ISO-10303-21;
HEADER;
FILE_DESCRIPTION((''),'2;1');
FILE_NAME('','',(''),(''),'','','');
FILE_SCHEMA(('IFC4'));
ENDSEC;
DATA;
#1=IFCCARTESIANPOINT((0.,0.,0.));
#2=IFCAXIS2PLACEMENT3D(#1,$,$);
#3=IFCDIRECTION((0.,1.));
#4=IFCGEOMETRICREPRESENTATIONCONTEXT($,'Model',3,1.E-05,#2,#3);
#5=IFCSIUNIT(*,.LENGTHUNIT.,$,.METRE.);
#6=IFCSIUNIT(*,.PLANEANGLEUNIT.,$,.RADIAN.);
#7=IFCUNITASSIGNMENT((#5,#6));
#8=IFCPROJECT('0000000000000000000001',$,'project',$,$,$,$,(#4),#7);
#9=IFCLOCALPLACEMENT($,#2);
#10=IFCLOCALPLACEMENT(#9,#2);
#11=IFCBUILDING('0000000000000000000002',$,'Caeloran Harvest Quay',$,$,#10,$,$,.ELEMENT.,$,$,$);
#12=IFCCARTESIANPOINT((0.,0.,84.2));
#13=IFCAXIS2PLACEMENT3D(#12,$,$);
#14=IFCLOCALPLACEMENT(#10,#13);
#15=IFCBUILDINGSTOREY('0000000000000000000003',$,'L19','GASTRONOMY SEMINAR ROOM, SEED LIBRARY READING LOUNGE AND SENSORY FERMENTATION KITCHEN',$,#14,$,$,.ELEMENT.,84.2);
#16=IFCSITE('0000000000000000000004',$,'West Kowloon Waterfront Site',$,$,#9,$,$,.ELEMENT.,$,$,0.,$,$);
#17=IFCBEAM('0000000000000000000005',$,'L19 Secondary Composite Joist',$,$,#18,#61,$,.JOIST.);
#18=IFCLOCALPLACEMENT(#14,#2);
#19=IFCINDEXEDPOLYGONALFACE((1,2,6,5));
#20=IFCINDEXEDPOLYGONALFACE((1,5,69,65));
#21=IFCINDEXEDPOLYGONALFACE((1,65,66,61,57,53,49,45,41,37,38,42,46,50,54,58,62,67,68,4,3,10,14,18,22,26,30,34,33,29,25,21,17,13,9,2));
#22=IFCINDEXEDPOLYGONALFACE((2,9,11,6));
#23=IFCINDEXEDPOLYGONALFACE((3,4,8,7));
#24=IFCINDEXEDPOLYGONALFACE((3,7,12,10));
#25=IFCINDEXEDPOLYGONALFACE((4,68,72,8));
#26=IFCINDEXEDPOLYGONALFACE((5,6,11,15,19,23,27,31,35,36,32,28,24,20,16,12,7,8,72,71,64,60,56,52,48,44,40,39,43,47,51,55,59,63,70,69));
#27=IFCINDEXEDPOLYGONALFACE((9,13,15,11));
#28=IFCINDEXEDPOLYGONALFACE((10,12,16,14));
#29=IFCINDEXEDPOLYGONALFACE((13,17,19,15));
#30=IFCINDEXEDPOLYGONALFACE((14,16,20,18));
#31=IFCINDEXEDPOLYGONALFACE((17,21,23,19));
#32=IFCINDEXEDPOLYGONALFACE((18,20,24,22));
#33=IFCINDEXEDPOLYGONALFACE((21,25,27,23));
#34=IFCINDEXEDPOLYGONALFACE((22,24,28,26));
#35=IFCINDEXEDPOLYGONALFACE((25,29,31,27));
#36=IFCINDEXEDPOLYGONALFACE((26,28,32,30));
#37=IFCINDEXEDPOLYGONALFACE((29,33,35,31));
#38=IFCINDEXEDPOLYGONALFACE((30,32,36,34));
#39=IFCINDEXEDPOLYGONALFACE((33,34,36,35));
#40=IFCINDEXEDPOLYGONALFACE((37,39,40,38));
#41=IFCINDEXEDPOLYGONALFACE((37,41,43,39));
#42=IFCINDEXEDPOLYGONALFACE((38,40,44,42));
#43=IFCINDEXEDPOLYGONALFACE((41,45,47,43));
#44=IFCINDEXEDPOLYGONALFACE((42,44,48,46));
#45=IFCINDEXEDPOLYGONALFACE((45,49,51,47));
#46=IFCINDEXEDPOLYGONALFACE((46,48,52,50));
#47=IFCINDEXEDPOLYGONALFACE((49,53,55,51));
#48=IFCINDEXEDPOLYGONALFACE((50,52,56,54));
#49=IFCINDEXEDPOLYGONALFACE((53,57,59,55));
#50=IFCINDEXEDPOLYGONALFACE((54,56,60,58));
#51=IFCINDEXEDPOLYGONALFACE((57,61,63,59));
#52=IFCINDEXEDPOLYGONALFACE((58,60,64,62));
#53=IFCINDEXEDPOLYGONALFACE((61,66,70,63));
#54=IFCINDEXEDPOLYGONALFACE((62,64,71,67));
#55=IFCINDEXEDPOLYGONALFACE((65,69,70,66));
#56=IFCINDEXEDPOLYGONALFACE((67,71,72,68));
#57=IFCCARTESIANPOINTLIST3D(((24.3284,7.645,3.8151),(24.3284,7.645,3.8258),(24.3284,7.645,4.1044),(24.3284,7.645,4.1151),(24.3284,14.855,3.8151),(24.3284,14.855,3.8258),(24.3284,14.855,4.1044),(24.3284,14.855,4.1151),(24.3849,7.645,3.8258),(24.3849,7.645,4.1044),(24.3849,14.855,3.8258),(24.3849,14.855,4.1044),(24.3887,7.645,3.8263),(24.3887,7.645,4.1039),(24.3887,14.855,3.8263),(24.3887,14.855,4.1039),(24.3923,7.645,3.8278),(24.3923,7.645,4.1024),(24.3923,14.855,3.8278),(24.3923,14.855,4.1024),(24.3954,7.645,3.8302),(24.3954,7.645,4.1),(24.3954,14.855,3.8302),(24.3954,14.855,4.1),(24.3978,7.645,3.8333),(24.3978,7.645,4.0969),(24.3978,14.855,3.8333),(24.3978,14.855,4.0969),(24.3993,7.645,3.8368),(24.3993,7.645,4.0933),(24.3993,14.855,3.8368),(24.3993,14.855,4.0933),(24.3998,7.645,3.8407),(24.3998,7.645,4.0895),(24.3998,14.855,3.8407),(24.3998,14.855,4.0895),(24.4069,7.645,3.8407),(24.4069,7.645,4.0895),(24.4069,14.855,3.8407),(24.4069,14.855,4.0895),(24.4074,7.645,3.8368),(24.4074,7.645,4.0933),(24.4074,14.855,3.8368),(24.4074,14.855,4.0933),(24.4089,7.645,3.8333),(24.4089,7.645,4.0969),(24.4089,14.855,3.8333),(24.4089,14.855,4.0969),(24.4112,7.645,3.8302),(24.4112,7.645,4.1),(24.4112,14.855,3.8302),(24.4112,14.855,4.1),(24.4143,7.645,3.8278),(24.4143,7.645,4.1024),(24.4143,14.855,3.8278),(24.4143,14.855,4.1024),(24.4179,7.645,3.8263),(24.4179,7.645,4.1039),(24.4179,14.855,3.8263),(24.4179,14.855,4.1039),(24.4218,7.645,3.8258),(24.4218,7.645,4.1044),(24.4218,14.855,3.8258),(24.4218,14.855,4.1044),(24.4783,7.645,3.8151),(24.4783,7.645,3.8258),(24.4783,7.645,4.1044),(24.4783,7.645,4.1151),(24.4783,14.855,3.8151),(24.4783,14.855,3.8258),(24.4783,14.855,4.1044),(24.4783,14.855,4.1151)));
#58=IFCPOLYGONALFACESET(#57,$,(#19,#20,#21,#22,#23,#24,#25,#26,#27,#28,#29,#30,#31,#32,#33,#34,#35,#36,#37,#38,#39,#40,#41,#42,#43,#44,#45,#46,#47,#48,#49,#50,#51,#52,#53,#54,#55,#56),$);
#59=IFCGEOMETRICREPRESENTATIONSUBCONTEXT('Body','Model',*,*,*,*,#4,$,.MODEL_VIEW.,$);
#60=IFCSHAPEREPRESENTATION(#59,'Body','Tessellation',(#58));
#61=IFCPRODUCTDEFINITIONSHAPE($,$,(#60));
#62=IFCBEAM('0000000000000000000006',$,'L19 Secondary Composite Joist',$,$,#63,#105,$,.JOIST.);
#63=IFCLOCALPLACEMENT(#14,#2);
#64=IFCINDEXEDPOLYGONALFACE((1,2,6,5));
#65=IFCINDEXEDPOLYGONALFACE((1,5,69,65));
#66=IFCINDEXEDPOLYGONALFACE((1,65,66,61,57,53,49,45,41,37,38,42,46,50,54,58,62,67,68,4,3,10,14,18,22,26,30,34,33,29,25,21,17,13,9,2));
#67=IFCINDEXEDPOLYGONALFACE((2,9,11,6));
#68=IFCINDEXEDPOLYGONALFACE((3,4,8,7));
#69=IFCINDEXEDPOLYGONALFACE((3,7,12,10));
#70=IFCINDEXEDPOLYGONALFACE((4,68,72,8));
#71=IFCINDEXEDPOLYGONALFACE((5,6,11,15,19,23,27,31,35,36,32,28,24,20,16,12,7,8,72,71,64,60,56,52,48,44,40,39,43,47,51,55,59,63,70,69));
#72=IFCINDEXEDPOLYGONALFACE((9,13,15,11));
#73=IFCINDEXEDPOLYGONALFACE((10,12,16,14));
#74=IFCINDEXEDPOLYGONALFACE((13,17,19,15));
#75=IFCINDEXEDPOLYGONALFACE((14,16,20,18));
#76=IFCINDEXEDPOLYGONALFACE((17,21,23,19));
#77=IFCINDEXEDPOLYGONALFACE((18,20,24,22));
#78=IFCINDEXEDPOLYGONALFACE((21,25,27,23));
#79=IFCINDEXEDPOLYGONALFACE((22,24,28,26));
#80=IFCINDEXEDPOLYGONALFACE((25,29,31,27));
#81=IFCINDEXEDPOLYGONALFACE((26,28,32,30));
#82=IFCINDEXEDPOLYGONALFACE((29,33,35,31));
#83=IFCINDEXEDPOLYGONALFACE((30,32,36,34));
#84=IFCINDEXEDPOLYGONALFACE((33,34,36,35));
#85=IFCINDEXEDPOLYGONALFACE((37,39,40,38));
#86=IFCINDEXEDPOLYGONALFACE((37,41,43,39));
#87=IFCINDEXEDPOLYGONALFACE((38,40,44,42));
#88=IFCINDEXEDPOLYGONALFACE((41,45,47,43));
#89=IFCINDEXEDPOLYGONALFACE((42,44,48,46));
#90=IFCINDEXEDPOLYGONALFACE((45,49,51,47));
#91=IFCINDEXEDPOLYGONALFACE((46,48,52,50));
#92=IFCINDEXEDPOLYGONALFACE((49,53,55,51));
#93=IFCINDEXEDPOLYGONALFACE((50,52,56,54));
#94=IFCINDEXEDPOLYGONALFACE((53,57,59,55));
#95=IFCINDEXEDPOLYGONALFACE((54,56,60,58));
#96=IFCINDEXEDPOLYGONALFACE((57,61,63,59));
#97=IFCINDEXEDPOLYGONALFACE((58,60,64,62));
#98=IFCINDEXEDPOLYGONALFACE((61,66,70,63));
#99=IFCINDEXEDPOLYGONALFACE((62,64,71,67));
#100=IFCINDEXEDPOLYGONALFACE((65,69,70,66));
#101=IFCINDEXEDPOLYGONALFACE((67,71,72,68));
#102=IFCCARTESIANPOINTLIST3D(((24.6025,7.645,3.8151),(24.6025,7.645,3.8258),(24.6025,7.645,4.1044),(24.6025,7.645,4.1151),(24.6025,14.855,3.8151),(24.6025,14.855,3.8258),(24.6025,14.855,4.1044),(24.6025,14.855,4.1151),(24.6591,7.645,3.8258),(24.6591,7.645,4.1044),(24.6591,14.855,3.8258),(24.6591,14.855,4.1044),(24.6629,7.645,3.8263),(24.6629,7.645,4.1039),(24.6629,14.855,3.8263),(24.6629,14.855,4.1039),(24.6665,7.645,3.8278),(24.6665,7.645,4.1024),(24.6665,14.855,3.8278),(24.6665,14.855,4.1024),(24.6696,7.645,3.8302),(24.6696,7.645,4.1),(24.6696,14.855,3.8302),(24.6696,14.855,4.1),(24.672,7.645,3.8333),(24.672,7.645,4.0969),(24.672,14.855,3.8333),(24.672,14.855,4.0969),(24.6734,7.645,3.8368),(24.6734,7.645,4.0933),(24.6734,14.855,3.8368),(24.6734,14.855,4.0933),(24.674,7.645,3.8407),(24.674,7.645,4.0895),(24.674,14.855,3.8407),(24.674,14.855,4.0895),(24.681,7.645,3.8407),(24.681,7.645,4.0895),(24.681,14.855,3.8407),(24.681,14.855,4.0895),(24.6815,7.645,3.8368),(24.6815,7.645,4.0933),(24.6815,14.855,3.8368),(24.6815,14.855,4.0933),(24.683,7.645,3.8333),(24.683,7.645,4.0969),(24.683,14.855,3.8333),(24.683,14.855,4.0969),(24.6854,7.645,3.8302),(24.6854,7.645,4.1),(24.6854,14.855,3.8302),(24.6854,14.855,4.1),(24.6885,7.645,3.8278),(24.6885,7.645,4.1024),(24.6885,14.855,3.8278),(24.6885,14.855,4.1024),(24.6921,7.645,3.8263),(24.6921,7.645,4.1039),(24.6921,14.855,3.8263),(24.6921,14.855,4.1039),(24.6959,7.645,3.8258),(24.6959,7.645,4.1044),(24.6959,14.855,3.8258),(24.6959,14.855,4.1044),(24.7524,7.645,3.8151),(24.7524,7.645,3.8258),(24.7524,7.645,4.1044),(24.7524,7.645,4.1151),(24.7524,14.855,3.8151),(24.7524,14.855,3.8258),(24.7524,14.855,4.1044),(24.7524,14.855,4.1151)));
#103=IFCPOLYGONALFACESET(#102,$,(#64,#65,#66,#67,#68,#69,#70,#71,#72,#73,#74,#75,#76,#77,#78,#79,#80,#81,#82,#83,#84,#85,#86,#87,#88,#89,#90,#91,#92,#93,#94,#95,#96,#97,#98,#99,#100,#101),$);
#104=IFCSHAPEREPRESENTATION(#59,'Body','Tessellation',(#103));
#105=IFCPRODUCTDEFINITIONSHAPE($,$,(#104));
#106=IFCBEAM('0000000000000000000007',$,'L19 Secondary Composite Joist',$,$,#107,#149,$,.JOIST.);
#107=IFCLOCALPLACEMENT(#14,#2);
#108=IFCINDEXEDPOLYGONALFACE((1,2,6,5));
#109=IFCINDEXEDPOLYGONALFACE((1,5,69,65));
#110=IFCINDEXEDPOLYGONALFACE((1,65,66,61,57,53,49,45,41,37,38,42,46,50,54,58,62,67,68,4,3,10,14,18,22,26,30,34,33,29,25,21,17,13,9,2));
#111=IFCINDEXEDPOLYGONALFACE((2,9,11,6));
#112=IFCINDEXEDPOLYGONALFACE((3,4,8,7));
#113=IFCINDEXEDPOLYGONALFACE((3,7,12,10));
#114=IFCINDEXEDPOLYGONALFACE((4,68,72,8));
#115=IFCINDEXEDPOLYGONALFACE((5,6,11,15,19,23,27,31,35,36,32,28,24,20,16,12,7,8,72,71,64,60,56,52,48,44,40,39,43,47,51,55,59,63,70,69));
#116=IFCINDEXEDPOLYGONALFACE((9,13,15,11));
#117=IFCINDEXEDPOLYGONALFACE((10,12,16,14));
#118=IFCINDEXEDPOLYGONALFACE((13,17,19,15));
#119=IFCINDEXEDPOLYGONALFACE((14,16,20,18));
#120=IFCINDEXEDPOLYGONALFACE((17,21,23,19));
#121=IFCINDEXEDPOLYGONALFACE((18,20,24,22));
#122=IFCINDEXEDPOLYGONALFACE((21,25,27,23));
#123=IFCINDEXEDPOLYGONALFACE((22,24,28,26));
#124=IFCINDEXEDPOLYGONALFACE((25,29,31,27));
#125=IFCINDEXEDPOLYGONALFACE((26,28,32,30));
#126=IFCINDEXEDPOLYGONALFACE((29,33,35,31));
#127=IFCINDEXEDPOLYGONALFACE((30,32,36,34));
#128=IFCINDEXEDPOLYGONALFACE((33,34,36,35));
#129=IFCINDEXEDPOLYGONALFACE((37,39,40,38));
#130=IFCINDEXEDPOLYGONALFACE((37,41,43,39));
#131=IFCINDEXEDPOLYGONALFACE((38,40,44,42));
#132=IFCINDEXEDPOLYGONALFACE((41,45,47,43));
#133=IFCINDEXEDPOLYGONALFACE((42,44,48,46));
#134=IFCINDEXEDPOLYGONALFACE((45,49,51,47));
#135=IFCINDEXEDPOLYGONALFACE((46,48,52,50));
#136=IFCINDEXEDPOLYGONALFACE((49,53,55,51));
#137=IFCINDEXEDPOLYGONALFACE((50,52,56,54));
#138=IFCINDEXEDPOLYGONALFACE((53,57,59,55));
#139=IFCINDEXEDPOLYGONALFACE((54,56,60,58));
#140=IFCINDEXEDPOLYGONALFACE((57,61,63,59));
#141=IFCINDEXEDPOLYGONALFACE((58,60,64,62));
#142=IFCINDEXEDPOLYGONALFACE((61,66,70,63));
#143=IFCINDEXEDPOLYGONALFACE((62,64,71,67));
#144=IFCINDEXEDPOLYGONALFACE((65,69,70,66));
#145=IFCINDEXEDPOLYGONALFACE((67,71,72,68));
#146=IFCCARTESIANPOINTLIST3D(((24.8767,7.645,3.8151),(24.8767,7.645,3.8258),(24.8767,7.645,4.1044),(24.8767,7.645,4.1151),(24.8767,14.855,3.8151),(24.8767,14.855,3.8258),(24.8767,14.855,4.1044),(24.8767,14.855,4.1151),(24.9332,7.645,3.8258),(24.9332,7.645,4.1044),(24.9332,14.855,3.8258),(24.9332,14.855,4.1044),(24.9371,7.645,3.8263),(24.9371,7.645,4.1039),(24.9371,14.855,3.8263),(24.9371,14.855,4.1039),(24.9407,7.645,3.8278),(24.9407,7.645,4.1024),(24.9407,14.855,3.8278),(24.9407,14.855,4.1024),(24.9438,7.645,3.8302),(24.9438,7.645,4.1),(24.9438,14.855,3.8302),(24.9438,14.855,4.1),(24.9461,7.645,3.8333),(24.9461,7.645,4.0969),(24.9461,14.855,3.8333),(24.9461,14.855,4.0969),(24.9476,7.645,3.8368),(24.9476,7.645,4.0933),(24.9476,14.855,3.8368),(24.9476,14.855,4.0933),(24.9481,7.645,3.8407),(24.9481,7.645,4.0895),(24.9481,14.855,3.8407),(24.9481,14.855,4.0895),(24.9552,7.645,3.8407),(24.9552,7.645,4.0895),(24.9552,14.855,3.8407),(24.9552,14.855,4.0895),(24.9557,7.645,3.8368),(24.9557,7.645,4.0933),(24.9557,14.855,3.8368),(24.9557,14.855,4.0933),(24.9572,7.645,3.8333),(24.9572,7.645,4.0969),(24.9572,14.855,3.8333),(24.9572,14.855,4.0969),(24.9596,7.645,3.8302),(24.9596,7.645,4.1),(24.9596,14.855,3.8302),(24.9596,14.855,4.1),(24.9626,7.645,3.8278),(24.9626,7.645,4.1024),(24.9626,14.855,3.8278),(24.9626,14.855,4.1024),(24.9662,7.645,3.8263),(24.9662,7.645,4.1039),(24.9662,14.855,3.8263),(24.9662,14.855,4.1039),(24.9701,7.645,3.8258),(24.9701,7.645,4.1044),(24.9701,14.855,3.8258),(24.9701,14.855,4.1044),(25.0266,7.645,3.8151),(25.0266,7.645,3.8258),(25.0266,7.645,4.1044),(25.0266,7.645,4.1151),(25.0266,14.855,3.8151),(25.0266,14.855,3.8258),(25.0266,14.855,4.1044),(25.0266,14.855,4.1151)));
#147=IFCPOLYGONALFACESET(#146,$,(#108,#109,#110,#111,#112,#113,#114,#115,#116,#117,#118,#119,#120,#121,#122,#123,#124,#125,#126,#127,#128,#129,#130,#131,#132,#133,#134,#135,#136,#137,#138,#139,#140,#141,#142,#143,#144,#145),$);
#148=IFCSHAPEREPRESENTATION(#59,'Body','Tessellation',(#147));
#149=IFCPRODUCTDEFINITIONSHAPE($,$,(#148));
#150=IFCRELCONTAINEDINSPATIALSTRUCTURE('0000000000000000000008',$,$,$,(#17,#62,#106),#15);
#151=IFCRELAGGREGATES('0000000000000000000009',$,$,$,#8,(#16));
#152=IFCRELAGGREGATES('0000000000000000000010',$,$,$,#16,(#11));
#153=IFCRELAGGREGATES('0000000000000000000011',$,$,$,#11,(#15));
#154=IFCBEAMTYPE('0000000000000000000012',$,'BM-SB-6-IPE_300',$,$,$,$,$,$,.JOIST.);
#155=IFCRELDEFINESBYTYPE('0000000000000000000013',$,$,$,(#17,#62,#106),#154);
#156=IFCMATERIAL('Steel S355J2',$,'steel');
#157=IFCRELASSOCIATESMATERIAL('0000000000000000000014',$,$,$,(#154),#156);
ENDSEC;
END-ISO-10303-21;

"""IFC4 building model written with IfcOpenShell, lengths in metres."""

from ifc_helpers import new_model, si_unit, direction, frame, origin, origin_2d, place, context, subcontext, project, spatial, i_section, extrude, material, material_profile, profile_set, type_object, element, save


model = new_model("IFC4")

# Units and contexts
model_context = context("Model", 3, precision=1e-05, world=origin(), true_north=direction((0.0, 1.0)))
body_context = subcontext(model_context, "Body", "Model", "MODEL_VIEW")
ifc_project = project(units=[si_unit("LENGTHUNIT", "METRE"), si_unit("PLANEANGLEUNIT", "RADIAN")], contexts=[model_context])

# Site, building, storey
site_placement = place(None, origin())
site = spatial("IfcSite", under=ifc_project, at=site_placement, Name="West Kowloon Waterfront Site", CompositionType="ELEMENT", RefElevation=0.0)
building_placement = place(site_placement, origin())
building = spatial("IfcBuilding", under=site, at=building_placement, Name="Caeloran Harvest Quay", CompositionType="ELEMENT")
storey_placement = place(building_placement, frame((0.0, 0.0, 84.2)))
storey = spatial("IfcBuildingStorey", under=building, at=storey_placement, Name="L19", Description="GASTRONOMY SEMINAR ROOM, SEED LIBRARY READING LOUNGE AND SENSORY FERMENTATION KITCHEN", CompositionType="ELEMENT", Elevation=84.2)

# Beams
ifc_material_1 = material(Name="Steel S355J2", Category="steel")
ifc_material_profile_1 = material_profile(ifc_material_1, i_section(OverallWidth=0.1499, OverallDepth=0.3, WebThickness=0.0071, FlangeThickness=0.0107, FilletRadius=0.0149, at=origin_2d()), Name="IPE 300")
ifc_profile_set_1 = profile_set([ifc_material_profile_1], Name="Steel S355J2")
beam_type_1 = type_object("IfcBeamType", Name="BM-SB-6-IPE_300", PredefinedType="JOIST", material=ifc_profile_set_1)
for number, where, z_axis, x_axis, name in (
    (1, (24.4033, 7.645, 3.9651), (0.0, 1.0, 0.0), (-1.0, 0.0, 0.0), "L19 Secondary Composite Joist"),
    (2, (24.6775, 7.645, 3.9651), (0.0, 1.0, 0.0), (-1.0, 0.0, 0.0), "L19 Secondary Composite Joist"),
    (3, (24.9517, 7.645, 3.9651), (0.0, 1.0, 0.0), (-1.0, 0.0, 0.0), "L19 Secondary Composite Joist"),
):
    element("IfcBeam", number, at=place(storey_placement, frame(where, z_axis=z_axis, x_axis=x_axis)), inside=storey, type_object=beam_type_1, Name=name, PredefinedType="JOIST", context=body_context, shape_type="SweptSolid", body=[
        extrude(i_section(OverallWidth=0.1499, OverallDepth=0.3, WebThickness=0.0071, FlangeThickness=0.0107, FilletRadius=0.0149, at=origin_2d()), origin(), (0.0, 0.0, 1.0), 7.21),
    ])

save(model, "model.ifc")
